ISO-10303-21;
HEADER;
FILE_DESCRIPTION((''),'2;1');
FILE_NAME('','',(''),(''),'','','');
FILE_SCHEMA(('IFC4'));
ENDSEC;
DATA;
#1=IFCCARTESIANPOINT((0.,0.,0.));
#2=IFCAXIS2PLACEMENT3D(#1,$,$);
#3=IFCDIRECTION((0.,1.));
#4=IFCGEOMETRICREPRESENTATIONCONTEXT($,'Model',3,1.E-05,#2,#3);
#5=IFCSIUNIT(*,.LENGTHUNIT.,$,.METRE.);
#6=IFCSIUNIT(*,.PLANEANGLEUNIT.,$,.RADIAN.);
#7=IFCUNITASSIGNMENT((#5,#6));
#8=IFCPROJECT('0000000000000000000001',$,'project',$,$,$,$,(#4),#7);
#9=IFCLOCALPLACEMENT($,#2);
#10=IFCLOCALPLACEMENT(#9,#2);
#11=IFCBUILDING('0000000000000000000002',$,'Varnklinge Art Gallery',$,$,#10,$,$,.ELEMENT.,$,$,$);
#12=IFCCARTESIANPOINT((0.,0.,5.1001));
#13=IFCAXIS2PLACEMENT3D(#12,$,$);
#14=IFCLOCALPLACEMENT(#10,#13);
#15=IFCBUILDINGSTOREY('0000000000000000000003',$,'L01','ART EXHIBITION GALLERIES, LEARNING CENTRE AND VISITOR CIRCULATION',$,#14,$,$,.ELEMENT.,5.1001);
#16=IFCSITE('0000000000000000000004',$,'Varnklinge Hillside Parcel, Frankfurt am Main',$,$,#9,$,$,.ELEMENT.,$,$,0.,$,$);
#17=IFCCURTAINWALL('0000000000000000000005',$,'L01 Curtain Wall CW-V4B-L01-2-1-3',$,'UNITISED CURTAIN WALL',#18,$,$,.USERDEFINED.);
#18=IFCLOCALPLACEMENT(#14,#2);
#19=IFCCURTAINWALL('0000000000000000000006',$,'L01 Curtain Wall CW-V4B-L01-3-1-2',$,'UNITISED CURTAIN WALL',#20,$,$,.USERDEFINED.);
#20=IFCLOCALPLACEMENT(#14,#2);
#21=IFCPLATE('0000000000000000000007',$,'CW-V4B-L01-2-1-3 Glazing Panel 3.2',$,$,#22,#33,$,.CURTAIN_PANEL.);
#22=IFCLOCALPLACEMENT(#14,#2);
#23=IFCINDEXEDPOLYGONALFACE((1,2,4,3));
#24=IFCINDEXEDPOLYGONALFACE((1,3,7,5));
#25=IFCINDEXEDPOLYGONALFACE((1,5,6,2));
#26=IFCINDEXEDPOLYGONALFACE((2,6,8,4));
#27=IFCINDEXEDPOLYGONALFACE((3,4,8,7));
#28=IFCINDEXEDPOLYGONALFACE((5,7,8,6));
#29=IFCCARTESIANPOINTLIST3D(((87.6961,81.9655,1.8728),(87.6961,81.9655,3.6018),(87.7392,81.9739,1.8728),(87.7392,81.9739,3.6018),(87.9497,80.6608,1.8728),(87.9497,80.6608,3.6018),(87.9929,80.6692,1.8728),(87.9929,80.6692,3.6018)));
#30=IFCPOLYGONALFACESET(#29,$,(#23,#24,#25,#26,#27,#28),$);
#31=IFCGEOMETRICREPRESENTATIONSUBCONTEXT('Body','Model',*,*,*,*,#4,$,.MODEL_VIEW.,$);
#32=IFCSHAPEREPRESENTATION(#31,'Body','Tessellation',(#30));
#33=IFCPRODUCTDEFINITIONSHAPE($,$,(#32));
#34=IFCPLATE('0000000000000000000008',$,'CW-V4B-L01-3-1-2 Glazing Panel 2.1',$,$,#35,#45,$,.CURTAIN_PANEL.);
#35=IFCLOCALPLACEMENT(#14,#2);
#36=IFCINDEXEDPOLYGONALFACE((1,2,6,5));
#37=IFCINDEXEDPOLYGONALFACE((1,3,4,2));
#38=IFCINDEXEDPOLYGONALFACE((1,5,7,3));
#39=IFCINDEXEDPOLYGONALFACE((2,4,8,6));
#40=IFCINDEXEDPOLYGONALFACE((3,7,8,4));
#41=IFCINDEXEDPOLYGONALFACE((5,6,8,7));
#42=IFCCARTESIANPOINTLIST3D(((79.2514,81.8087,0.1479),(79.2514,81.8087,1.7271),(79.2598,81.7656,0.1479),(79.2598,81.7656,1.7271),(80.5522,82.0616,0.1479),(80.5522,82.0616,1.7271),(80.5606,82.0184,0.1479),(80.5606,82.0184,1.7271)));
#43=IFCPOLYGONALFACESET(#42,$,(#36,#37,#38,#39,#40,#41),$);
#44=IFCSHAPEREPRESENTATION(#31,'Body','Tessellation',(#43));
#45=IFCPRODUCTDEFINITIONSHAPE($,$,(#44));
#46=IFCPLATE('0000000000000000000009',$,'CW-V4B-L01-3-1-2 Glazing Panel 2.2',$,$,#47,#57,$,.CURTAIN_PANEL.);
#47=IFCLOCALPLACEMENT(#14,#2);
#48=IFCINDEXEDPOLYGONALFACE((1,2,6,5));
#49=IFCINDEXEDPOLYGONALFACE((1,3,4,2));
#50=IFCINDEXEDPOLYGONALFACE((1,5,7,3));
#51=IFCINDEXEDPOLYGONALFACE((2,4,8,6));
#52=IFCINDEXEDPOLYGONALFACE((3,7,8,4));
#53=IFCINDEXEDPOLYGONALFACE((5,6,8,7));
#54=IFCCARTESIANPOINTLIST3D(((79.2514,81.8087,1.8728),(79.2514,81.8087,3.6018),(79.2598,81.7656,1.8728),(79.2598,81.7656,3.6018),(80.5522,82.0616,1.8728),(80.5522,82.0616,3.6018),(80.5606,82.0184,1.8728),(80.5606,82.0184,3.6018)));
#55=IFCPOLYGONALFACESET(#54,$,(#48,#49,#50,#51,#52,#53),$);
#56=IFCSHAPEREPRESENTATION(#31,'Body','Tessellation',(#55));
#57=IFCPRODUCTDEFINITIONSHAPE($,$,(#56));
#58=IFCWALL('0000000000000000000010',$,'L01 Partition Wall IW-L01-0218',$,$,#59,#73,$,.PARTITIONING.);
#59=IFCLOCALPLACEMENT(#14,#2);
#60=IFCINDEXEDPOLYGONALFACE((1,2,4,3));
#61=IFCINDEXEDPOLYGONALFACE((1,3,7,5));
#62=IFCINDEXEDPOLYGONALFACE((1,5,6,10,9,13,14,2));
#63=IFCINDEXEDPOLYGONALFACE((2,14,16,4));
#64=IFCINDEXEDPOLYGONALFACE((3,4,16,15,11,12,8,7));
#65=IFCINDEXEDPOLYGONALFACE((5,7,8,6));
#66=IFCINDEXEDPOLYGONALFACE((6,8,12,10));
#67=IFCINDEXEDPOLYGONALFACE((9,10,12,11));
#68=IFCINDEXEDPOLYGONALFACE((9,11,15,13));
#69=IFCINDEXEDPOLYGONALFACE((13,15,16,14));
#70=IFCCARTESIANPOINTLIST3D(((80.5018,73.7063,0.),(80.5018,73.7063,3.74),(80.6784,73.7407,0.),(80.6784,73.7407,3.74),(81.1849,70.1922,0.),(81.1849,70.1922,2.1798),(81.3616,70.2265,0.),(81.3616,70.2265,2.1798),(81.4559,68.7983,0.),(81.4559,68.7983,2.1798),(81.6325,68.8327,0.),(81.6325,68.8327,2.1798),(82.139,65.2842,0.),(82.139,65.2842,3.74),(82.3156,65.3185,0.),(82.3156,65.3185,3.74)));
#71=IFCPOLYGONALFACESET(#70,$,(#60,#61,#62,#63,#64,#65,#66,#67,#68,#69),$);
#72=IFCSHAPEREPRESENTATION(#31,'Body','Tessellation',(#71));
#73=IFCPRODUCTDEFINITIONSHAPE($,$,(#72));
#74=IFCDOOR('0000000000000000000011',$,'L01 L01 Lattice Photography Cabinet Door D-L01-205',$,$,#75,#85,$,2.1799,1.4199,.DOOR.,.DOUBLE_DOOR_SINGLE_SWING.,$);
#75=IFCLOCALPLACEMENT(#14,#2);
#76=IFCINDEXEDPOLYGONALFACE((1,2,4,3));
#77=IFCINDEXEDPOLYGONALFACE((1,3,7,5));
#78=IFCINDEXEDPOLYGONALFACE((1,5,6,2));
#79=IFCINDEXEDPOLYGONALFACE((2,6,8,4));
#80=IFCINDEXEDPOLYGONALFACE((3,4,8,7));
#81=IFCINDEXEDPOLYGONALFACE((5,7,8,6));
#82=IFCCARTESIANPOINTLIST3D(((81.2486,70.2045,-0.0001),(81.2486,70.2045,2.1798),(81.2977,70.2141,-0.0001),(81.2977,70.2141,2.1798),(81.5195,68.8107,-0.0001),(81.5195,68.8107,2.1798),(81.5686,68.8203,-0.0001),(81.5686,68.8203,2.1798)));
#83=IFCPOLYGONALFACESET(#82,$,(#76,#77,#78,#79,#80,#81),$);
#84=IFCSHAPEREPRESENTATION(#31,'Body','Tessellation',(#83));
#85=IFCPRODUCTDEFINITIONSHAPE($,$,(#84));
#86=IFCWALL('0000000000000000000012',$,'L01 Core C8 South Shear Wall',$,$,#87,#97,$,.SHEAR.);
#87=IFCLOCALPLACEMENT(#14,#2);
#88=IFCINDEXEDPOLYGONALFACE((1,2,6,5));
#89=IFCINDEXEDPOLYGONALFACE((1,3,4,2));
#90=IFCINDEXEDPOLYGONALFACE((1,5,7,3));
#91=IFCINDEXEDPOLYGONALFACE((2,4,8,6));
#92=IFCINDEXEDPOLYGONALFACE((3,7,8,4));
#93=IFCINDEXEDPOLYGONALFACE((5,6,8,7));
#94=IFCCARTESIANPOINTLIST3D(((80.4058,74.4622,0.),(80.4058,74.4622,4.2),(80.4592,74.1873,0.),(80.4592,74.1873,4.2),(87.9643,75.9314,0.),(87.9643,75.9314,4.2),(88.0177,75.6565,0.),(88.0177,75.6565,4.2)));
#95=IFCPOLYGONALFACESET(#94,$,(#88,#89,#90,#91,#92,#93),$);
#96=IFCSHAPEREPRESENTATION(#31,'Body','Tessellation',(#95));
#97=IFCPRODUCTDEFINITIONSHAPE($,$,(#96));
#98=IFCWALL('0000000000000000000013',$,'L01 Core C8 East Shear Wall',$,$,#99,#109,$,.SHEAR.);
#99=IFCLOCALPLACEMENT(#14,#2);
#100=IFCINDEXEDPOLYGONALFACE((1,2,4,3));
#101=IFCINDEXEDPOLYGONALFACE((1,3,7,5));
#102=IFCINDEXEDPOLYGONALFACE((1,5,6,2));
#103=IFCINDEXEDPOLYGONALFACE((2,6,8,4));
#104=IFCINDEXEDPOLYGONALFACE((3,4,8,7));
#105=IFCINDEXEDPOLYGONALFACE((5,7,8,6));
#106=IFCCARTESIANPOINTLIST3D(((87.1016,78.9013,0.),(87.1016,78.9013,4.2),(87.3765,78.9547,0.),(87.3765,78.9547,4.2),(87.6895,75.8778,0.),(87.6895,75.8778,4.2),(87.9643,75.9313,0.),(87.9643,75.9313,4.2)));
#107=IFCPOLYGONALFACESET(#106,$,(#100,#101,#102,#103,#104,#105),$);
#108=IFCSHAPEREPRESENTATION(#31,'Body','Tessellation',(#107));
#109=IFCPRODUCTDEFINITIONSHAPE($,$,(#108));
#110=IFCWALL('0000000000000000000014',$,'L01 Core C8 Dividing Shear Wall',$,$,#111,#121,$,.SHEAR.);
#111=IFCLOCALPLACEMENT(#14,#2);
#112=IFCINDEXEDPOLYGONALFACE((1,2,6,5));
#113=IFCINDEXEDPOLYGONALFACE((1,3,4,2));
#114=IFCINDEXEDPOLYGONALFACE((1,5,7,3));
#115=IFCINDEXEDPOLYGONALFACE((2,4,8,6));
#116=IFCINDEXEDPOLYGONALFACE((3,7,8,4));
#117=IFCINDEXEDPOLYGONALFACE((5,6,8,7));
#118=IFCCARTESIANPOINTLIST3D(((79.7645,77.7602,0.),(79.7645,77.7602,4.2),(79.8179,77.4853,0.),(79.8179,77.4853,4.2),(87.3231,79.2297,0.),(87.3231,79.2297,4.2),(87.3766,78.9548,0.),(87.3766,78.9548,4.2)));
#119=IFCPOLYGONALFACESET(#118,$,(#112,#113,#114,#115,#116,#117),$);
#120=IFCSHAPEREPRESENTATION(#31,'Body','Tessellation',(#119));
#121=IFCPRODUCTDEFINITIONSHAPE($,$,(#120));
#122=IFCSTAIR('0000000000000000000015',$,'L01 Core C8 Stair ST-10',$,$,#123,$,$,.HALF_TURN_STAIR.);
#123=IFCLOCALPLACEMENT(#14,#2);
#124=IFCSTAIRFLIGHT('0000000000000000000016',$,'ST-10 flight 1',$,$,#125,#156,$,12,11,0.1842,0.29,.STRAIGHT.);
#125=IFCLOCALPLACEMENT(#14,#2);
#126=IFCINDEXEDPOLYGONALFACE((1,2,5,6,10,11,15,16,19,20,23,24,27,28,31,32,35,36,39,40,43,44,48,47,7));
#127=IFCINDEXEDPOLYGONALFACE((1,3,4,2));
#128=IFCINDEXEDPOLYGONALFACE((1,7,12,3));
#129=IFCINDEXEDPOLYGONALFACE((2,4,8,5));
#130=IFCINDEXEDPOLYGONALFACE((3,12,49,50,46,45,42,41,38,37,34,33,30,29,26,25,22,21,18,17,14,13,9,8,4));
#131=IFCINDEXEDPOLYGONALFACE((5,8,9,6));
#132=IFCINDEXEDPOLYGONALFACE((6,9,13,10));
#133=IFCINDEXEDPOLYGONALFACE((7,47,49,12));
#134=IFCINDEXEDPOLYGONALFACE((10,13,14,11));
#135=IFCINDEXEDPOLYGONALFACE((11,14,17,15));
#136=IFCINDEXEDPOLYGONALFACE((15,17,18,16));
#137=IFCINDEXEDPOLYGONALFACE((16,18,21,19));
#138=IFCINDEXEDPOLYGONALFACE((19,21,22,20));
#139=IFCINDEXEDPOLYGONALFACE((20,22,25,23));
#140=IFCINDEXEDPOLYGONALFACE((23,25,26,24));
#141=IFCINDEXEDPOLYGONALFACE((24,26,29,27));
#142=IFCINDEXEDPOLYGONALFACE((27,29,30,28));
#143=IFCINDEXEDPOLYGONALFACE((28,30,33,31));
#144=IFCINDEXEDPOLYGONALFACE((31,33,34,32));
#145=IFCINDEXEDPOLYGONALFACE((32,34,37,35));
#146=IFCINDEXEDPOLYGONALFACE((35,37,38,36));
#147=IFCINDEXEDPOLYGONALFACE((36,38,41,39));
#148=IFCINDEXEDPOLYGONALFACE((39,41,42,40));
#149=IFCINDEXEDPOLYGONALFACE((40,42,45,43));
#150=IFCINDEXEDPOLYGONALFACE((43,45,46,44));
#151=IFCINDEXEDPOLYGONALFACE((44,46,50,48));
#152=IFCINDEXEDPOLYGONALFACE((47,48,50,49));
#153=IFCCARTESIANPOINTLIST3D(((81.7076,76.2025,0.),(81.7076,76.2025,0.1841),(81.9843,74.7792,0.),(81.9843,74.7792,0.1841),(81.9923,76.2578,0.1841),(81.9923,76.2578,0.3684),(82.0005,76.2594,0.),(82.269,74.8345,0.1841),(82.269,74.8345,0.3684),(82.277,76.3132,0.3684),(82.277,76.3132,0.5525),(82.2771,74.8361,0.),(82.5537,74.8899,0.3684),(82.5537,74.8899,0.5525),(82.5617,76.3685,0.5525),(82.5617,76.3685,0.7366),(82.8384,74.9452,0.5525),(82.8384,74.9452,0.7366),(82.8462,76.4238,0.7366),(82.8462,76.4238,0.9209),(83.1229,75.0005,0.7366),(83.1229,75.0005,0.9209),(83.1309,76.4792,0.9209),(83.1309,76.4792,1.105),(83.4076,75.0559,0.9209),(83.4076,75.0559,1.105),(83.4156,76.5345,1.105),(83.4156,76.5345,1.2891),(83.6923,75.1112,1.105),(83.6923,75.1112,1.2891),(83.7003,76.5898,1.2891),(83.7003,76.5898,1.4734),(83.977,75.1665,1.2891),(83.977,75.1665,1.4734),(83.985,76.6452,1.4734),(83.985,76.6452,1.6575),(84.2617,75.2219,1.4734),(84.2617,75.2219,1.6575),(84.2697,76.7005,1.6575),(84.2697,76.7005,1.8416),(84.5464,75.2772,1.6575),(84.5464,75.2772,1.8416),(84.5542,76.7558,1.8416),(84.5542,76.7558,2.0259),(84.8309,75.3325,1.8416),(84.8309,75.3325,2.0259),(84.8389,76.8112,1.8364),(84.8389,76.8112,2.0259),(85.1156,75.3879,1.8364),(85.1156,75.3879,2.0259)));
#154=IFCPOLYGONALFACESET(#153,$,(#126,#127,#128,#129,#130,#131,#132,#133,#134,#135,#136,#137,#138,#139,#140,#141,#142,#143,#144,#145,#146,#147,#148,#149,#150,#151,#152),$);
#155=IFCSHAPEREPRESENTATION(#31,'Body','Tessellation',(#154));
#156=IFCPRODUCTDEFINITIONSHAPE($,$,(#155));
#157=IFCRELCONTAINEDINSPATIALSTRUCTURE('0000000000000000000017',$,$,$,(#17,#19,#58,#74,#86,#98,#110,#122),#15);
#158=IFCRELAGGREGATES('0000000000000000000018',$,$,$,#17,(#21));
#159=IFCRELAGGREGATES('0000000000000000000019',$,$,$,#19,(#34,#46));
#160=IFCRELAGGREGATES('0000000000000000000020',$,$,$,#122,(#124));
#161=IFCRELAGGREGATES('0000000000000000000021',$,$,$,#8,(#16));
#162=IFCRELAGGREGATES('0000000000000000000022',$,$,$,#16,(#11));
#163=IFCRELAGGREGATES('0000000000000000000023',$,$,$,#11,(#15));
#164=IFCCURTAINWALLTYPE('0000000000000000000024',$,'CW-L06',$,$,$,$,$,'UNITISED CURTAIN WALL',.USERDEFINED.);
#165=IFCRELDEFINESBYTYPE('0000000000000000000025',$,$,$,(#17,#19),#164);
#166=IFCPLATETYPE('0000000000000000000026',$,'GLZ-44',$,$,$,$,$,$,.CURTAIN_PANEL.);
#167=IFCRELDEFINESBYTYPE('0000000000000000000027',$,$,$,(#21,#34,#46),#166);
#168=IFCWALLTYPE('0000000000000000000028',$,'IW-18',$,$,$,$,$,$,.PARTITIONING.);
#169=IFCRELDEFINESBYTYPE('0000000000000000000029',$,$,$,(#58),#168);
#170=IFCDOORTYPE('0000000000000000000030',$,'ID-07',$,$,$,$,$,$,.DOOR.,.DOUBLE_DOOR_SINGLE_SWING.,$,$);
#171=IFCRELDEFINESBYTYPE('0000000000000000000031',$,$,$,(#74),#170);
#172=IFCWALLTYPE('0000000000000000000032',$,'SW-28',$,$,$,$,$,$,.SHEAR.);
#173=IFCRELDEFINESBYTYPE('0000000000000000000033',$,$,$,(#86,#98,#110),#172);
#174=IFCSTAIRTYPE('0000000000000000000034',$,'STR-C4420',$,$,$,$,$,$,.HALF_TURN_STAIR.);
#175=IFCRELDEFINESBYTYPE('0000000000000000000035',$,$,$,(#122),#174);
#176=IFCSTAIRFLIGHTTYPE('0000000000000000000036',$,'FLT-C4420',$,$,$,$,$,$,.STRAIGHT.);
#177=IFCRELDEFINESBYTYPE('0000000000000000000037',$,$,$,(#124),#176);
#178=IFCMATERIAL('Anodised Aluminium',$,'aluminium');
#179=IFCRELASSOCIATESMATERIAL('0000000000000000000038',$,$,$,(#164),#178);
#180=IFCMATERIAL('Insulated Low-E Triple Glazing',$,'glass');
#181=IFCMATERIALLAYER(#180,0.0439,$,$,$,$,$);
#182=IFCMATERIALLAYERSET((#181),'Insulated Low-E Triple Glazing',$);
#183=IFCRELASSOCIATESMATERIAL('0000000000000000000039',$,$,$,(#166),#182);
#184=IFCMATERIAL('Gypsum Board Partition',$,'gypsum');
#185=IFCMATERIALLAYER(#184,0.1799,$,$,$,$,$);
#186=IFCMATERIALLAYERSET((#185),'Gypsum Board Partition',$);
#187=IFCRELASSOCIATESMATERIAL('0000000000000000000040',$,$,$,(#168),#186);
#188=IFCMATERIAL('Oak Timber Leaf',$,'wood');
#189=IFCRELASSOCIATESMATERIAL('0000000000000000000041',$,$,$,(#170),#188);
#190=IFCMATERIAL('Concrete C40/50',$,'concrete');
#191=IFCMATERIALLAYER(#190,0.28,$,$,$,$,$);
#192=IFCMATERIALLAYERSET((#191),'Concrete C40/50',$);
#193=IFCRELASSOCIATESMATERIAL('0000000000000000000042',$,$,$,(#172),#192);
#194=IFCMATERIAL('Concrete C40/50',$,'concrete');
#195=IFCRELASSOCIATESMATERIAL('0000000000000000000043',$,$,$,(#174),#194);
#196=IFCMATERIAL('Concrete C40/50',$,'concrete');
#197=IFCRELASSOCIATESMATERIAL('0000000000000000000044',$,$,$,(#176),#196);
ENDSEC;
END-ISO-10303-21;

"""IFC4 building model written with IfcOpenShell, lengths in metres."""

from ifc_helpers import new_model, si_unit, direction, frame, frame_2d, origin, origin_2d, place, context, subcontext, project, spatial, polyline, rectangle, outline, extrude, material, layer, layer_set, type_object, element, fill, aggregate, save


model = new_model("IFC4")

# Units and contexts
model_context = context("Model", 3, precision=1e-05, world=origin(), true_north=direction((0.0, 1.0)))
body_context = subcontext(model_context, "Body", "Model", "MODEL_VIEW")
ifc_project = project(units=[si_unit("LENGTHUNIT", "METRE"), si_unit("PLANEANGLEUNIT", "RADIAN")], contexts=[model_context])

# Site, building, storey
site_placement = place(None, origin())
site = spatial("IfcSite", under=ifc_project, at=site_placement, Name="Varnklinge Hillside Parcel, Frankfurt am Main", CompositionType="ELEMENT", RefElevation=0.0)
building_placement = place(site_placement, origin())
building = spatial("IfcBuilding", under=site, at=building_placement, Name="Varnklinge Art Gallery", CompositionType="ELEMENT")
storey_placement = place(building_placement, frame((0.0, 0.0, 5.1001)))
storey = spatial("IfcBuildingStorey", under=building, at=storey_placement, Name="L01", Description="ART EXHIBITION GALLERIES, LEARNING CENTRE AND VISITOR CIRCULATION", CompositionType="ELEMENT", Elevation=5.1001)

# Curtain walls
ifc_material_1 = material(Name="Anodised Aluminium", Category="aluminium")
curtain_wall_type = type_object("IfcCurtainWallType", Name="CW-L06", ElementType="UNITISED CURTAIN WALL", PredefinedType="USERDEFINED", material=ifc_material_1)
curtain_wall_1_placement = place(storey_placement, origin())
curtain_wall_1 = element("IfcCurtainWall", 1, at=curtain_wall_1_placement, inside=storey, type_object=curtain_wall_type, Name="L01 Curtain Wall CW-V4B-L01-2-1-3", ObjectType="UNITISED CURTAIN WALL", PredefinedType="USERDEFINED")
curtain_wall_2_placement = place(storey_placement, origin())
curtain_wall_2 = element("IfcCurtainWall", 2, at=curtain_wall_2_placement, inside=storey, type_object=curtain_wall_type, Name="L01 Curtain Wall CW-V4B-L01-3-1-2", ObjectType="UNITISED CURTAIN WALL", PredefinedType="USERDEFINED")

# Plates
ifc_material_2 = material(Name="Insulated Low-E Triple Glazing", Category="glass")
ifc_layer_1 = layer(ifc_material_2, 0.0439)
ifc_layer_set_1 = layer_set([ifc_layer_1], Name="Insulated Low-E Triple Glazing")
plate_type = type_object("IfcPlateType", Name="GLZ-44", PredefinedType="CURTAIN_PANEL", material=ifc_layer_set_1)
plate_1_placement = place(storey_placement, frame((87.8445, 81.3174, 1.8728), z_axis=(0.0, 0.0, 1.0), x_axis=(-0.190809, 0.981627, 0.0)))
plate_1 = element("IfcPlate", 3, at=plate_1_placement, type_object=plate_type, Name="CW-V4B-L01-2-1-3 Glazing Panel 3.2", PredefinedType="CURTAIN_PANEL", context=body_context, shape_type="SweptSolid", body=[
    extrude(rectangle(XDim=1.3291, YDim=0.0439, at=origin_2d()), origin(), (0.0, 0.0, 1.0), 1.729),
])
aggregate(curtain_wall_1, [plate_1])
plate_2_placement = place(storey_placement, frame((79.906, 81.9136, 0.1479), z_axis=(0.0, 0.0, 1.0), x_axis=(-0.981627, -0.190809, 0.0)))
plate_2 = element("IfcPlate", 4, at=plate_2_placement, type_object=plate_type, Name="CW-V4B-L01-3-1-2 Glazing Panel 2.1", PredefinedType="CURTAIN_PANEL", context=body_context, shape_type="SweptSolid", body=[
    extrude(rectangle(XDim=1.3252, YDim=0.0439, at=origin_2d()), origin(), (0.0, 0.0, 1.0), 1.5791),
])
plate_3_placement = place(storey_placement, frame((79.906, 81.9136, 1.8728), z_axis=(0.0, 0.0, 1.0), x_axis=(-0.981627, -0.190809, 0.0)))
plate_3 = element("IfcPlate", 5, at=plate_3_placement, type_object=plate_type, Name="CW-V4B-L01-3-1-2 Glazing Panel 2.2", PredefinedType="CURTAIN_PANEL", context=body_context, shape_type="SweptSolid", body=[
    extrude(rectangle(XDim=1.3252, YDim=0.0439, at=origin_2d()), origin(), (0.0, 0.0, 1.0), 1.729),
])
aggregate(curtain_wall_2, [plate_2, plate_3])

# Wall, opening, door
ifc_material_3 = material(Name="Gypsum Board Partition", Category="gypsum")
ifc_layer_2 = layer(ifc_material_3, 0.1799)
ifc_layer_set_2 = layer_set([ifc_layer_2], Name="Gypsum Board Partition")
wall_type_1 = type_object("IfcWallType", Name="IW-18", PredefinedType="PARTITIONING", material=ifc_layer_set_2)
wall_1_placement = place(storey_placement, frame((80.5901, 73.7236, 0.0), z_axis=(0.0, 0.0, 1.0), x_axis=(0.190822, -0.981625, 0.0)))
wall_1 = element("IfcWall", 6, at=wall_1_placement, inside=storey, type_object=wall_type_1, Name="L01 Partition Wall IW-L01-0218", PredefinedType="PARTITIONING", context=body_context, shape_type="SweptSolid", body=[
    extrude(rectangle(XDim=8.5798, YDim=0.1799, at=frame_2d((4.29, 0.0))), origin(), (0.0, 0.0, 1.0), 3.74),
])
opening_placement = place(wall_1_placement, frame((3.5801, 0.0, 0.0)))
opening = element("IfcOpeningElement", 7, at=opening_placement, cuts=wall_1, PredefinedType="OPENING", context=body_context, shape_type="SweptSolid", body=[
    extrude(rectangle(XDim=1.4199, YDim=2.1799, at=frame_2d((0.71, 1.0898))), frame((0.0, 0.0999, 0.0), z_axis=(0.0, -1.0, 0.0), x_axis=(1.0, 0.0, 0.0)), (0.0, 0.0, 1.0), 0.2),
])
ifc_material_4 = material(Name="Oak Timber Leaf", Category="wood")
door_type = type_object("IfcDoorType", Name="ID-07", OperationType="DOUBLE_DOOR_SINGLE_SWING", PredefinedType="DOOR", material=ifc_material_4)
door_placement = place(opening_placement, origin())
door = element("IfcDoor", 8, at=door_placement, inside=storey, type_object=door_type, Name="L01 L01 Lattice Photography Cabinet Door D-L01-205", OperationType="DOUBLE_DOOR_SINGLE_SWING", OverallHeight=2.1799, OverallWidth=1.4199, PredefinedType="DOOR", context=body_context, shape_type="SweptSolid", body=[
    extrude(rectangle(XDim=1.4199, YDim=2.1799, at=frame_2d((0.71, 1.0898))), frame((0.0, 0.0249, 0.0), z_axis=(0.0, -1.0, 0.0), x_axis=(1.0, 0.0, 0.0)), (0.0, 0.0, 1.0), 0.05),
])
fill(opening, door)

# Walls
ifc_material_5 = material(Name="Concrete C40/50", Category="concrete")
ifc_layer_3 = layer(ifc_material_5, 0.28)
ifc_layer_set_3 = layer_set([ifc_layer_3], Name="Concrete C40/50")
wall_type_2 = type_object("IfcWallType", Name="SW-28", PredefinedType="SHEAR", material=ifc_layer_set_3)
wall_2_placement = place(storey_placement, frame((80.4324, 74.3247, 0.0), z_axis=(0.0, 0.0, 1.0), x_axis=(0.981627, 0.190809, 0.0)))
element("IfcWall", 9, at=wall_2_placement, inside=storey, type_object=wall_type_2, Name="L01 Core C8 South Shear Wall", PredefinedType="SHEAR", context=body_context, shape_type="SweptSolid", body=[
    extrude(rectangle(XDim=7.7, YDim=0.28, at=frame_2d((3.8501, 0.0))), origin(), (0.0, 0.0, 1.0), 4.2),
])
wall_3_placement = place(storey_placement, frame((87.8269, 75.9045, 0.0), z_axis=(0.0, 0.0, 1.0), x_axis=(-0.19087, 0.981615, 0.0)))
element("IfcWall", 10, at=wall_3_placement, inside=storey, type_object=wall_type_2, Name="L01 Core C8 East Shear Wall", PredefinedType="SHEAR", context=body_context, shape_type="SweptSolid", body=[
    extrude(rectangle(XDim=3.0801, YDim=0.28, at=frame_2d((1.54, 0.0))), origin(), (0.0, 0.0, 1.0), 4.2),
])
wall_4_placement = place(storey_placement, frame((87.3499, 79.0923, 0.0), z_axis=(0.0, 0.0, 1.0), x_axis=(-0.981621, -0.190839, 0.0)))
element("IfcWall", 11, at=wall_4_placement, inside=storey, type_object=wall_type_2, Name="L01 Core C8 Dividing Shear Wall", PredefinedType="SHEAR", context=body_context, shape_type="SweptSolid", body=[
    extrude(rectangle(XDim=7.7002, YDim=0.28, at=frame_2d((3.8501, 0.0))), origin(), (0.0, 0.0, 1.0), 4.2),
])

# Stair, stair flight
ifc_material_6 = material(Name="Concrete C40/50", Category="concrete")
stair_type = type_object("IfcStairType", Name="STR-C4420", PredefinedType="HALF_TURN_STAIR", material=ifc_material_6)
stair_placement = place(storey_placement, origin())
stair = element("IfcStair", 12, at=stair_placement, inside=storey, type_object=stair_type, Name="L01 Core C8 Stair ST-10", PredefinedType="HALF_TURN_STAIR")
ifc_material_7 = material(Name="Concrete C40/50", Category="concrete")
stair_flight_type = type_object("IfcStairFlightType", Name="FLT-C4420", PredefinedType="STRAIGHT", material=ifc_material_7)
stair_flight_1_placement = place(storey_placement, frame((81.8459, 75.4907, 0.0), z_axis=(0.0, 0.0, 1.0), x_axis=(0.981627, 0.190809, 0.0)))
stair_flight_1 = element("IfcStairFlight", 13, at=stair_flight_1_placement, type_object=stair_flight_type, Name="ST-10 flight 1", NumberOfRisers=12, NumberOfTreads=11, PredefinedType="STRAIGHT", RiserHeight=0.1842, TreadLength=0.29, context=body_context, shape_type="SweptSolid", body=[
    extrude(outline(polyline([(0.0, 0.0), (0.0, 0.1841), (0.29, 0.1841), (0.29, 0.3684), (0.5801, 0.3684), (0.5801, 0.5525), (0.8701, 0.5525), (0.8701, 0.7366), (1.1599, 0.7366), (1.1599, 0.9209), (1.45, 0.9209), (1.45, 1.105), (1.74, 1.105), (1.74, 1.2891), (2.03, 1.2891), (2.03, 1.4734), (2.3201, 1.4734), (2.3201, 1.6575), (2.6101, 1.6575), (2.6101, 1.8416), (2.8999, 1.8416), (2.8999, 2.0259), (3.1899, 2.0259), (3.1899, 2.21), (3.1899, 1.8364), (0.2983, 0.0), (0.0, 0.0)])), frame((0.0, 0.7251, 0.0), z_axis=(0.0, -1.0, 0.0), x_axis=(1.0, 0.0, 0.0)), (0.0, 0.0, 1.0), 1.45),
])
aggregate(stair, [stair_flight_1])

save(model, "model.ifc")
